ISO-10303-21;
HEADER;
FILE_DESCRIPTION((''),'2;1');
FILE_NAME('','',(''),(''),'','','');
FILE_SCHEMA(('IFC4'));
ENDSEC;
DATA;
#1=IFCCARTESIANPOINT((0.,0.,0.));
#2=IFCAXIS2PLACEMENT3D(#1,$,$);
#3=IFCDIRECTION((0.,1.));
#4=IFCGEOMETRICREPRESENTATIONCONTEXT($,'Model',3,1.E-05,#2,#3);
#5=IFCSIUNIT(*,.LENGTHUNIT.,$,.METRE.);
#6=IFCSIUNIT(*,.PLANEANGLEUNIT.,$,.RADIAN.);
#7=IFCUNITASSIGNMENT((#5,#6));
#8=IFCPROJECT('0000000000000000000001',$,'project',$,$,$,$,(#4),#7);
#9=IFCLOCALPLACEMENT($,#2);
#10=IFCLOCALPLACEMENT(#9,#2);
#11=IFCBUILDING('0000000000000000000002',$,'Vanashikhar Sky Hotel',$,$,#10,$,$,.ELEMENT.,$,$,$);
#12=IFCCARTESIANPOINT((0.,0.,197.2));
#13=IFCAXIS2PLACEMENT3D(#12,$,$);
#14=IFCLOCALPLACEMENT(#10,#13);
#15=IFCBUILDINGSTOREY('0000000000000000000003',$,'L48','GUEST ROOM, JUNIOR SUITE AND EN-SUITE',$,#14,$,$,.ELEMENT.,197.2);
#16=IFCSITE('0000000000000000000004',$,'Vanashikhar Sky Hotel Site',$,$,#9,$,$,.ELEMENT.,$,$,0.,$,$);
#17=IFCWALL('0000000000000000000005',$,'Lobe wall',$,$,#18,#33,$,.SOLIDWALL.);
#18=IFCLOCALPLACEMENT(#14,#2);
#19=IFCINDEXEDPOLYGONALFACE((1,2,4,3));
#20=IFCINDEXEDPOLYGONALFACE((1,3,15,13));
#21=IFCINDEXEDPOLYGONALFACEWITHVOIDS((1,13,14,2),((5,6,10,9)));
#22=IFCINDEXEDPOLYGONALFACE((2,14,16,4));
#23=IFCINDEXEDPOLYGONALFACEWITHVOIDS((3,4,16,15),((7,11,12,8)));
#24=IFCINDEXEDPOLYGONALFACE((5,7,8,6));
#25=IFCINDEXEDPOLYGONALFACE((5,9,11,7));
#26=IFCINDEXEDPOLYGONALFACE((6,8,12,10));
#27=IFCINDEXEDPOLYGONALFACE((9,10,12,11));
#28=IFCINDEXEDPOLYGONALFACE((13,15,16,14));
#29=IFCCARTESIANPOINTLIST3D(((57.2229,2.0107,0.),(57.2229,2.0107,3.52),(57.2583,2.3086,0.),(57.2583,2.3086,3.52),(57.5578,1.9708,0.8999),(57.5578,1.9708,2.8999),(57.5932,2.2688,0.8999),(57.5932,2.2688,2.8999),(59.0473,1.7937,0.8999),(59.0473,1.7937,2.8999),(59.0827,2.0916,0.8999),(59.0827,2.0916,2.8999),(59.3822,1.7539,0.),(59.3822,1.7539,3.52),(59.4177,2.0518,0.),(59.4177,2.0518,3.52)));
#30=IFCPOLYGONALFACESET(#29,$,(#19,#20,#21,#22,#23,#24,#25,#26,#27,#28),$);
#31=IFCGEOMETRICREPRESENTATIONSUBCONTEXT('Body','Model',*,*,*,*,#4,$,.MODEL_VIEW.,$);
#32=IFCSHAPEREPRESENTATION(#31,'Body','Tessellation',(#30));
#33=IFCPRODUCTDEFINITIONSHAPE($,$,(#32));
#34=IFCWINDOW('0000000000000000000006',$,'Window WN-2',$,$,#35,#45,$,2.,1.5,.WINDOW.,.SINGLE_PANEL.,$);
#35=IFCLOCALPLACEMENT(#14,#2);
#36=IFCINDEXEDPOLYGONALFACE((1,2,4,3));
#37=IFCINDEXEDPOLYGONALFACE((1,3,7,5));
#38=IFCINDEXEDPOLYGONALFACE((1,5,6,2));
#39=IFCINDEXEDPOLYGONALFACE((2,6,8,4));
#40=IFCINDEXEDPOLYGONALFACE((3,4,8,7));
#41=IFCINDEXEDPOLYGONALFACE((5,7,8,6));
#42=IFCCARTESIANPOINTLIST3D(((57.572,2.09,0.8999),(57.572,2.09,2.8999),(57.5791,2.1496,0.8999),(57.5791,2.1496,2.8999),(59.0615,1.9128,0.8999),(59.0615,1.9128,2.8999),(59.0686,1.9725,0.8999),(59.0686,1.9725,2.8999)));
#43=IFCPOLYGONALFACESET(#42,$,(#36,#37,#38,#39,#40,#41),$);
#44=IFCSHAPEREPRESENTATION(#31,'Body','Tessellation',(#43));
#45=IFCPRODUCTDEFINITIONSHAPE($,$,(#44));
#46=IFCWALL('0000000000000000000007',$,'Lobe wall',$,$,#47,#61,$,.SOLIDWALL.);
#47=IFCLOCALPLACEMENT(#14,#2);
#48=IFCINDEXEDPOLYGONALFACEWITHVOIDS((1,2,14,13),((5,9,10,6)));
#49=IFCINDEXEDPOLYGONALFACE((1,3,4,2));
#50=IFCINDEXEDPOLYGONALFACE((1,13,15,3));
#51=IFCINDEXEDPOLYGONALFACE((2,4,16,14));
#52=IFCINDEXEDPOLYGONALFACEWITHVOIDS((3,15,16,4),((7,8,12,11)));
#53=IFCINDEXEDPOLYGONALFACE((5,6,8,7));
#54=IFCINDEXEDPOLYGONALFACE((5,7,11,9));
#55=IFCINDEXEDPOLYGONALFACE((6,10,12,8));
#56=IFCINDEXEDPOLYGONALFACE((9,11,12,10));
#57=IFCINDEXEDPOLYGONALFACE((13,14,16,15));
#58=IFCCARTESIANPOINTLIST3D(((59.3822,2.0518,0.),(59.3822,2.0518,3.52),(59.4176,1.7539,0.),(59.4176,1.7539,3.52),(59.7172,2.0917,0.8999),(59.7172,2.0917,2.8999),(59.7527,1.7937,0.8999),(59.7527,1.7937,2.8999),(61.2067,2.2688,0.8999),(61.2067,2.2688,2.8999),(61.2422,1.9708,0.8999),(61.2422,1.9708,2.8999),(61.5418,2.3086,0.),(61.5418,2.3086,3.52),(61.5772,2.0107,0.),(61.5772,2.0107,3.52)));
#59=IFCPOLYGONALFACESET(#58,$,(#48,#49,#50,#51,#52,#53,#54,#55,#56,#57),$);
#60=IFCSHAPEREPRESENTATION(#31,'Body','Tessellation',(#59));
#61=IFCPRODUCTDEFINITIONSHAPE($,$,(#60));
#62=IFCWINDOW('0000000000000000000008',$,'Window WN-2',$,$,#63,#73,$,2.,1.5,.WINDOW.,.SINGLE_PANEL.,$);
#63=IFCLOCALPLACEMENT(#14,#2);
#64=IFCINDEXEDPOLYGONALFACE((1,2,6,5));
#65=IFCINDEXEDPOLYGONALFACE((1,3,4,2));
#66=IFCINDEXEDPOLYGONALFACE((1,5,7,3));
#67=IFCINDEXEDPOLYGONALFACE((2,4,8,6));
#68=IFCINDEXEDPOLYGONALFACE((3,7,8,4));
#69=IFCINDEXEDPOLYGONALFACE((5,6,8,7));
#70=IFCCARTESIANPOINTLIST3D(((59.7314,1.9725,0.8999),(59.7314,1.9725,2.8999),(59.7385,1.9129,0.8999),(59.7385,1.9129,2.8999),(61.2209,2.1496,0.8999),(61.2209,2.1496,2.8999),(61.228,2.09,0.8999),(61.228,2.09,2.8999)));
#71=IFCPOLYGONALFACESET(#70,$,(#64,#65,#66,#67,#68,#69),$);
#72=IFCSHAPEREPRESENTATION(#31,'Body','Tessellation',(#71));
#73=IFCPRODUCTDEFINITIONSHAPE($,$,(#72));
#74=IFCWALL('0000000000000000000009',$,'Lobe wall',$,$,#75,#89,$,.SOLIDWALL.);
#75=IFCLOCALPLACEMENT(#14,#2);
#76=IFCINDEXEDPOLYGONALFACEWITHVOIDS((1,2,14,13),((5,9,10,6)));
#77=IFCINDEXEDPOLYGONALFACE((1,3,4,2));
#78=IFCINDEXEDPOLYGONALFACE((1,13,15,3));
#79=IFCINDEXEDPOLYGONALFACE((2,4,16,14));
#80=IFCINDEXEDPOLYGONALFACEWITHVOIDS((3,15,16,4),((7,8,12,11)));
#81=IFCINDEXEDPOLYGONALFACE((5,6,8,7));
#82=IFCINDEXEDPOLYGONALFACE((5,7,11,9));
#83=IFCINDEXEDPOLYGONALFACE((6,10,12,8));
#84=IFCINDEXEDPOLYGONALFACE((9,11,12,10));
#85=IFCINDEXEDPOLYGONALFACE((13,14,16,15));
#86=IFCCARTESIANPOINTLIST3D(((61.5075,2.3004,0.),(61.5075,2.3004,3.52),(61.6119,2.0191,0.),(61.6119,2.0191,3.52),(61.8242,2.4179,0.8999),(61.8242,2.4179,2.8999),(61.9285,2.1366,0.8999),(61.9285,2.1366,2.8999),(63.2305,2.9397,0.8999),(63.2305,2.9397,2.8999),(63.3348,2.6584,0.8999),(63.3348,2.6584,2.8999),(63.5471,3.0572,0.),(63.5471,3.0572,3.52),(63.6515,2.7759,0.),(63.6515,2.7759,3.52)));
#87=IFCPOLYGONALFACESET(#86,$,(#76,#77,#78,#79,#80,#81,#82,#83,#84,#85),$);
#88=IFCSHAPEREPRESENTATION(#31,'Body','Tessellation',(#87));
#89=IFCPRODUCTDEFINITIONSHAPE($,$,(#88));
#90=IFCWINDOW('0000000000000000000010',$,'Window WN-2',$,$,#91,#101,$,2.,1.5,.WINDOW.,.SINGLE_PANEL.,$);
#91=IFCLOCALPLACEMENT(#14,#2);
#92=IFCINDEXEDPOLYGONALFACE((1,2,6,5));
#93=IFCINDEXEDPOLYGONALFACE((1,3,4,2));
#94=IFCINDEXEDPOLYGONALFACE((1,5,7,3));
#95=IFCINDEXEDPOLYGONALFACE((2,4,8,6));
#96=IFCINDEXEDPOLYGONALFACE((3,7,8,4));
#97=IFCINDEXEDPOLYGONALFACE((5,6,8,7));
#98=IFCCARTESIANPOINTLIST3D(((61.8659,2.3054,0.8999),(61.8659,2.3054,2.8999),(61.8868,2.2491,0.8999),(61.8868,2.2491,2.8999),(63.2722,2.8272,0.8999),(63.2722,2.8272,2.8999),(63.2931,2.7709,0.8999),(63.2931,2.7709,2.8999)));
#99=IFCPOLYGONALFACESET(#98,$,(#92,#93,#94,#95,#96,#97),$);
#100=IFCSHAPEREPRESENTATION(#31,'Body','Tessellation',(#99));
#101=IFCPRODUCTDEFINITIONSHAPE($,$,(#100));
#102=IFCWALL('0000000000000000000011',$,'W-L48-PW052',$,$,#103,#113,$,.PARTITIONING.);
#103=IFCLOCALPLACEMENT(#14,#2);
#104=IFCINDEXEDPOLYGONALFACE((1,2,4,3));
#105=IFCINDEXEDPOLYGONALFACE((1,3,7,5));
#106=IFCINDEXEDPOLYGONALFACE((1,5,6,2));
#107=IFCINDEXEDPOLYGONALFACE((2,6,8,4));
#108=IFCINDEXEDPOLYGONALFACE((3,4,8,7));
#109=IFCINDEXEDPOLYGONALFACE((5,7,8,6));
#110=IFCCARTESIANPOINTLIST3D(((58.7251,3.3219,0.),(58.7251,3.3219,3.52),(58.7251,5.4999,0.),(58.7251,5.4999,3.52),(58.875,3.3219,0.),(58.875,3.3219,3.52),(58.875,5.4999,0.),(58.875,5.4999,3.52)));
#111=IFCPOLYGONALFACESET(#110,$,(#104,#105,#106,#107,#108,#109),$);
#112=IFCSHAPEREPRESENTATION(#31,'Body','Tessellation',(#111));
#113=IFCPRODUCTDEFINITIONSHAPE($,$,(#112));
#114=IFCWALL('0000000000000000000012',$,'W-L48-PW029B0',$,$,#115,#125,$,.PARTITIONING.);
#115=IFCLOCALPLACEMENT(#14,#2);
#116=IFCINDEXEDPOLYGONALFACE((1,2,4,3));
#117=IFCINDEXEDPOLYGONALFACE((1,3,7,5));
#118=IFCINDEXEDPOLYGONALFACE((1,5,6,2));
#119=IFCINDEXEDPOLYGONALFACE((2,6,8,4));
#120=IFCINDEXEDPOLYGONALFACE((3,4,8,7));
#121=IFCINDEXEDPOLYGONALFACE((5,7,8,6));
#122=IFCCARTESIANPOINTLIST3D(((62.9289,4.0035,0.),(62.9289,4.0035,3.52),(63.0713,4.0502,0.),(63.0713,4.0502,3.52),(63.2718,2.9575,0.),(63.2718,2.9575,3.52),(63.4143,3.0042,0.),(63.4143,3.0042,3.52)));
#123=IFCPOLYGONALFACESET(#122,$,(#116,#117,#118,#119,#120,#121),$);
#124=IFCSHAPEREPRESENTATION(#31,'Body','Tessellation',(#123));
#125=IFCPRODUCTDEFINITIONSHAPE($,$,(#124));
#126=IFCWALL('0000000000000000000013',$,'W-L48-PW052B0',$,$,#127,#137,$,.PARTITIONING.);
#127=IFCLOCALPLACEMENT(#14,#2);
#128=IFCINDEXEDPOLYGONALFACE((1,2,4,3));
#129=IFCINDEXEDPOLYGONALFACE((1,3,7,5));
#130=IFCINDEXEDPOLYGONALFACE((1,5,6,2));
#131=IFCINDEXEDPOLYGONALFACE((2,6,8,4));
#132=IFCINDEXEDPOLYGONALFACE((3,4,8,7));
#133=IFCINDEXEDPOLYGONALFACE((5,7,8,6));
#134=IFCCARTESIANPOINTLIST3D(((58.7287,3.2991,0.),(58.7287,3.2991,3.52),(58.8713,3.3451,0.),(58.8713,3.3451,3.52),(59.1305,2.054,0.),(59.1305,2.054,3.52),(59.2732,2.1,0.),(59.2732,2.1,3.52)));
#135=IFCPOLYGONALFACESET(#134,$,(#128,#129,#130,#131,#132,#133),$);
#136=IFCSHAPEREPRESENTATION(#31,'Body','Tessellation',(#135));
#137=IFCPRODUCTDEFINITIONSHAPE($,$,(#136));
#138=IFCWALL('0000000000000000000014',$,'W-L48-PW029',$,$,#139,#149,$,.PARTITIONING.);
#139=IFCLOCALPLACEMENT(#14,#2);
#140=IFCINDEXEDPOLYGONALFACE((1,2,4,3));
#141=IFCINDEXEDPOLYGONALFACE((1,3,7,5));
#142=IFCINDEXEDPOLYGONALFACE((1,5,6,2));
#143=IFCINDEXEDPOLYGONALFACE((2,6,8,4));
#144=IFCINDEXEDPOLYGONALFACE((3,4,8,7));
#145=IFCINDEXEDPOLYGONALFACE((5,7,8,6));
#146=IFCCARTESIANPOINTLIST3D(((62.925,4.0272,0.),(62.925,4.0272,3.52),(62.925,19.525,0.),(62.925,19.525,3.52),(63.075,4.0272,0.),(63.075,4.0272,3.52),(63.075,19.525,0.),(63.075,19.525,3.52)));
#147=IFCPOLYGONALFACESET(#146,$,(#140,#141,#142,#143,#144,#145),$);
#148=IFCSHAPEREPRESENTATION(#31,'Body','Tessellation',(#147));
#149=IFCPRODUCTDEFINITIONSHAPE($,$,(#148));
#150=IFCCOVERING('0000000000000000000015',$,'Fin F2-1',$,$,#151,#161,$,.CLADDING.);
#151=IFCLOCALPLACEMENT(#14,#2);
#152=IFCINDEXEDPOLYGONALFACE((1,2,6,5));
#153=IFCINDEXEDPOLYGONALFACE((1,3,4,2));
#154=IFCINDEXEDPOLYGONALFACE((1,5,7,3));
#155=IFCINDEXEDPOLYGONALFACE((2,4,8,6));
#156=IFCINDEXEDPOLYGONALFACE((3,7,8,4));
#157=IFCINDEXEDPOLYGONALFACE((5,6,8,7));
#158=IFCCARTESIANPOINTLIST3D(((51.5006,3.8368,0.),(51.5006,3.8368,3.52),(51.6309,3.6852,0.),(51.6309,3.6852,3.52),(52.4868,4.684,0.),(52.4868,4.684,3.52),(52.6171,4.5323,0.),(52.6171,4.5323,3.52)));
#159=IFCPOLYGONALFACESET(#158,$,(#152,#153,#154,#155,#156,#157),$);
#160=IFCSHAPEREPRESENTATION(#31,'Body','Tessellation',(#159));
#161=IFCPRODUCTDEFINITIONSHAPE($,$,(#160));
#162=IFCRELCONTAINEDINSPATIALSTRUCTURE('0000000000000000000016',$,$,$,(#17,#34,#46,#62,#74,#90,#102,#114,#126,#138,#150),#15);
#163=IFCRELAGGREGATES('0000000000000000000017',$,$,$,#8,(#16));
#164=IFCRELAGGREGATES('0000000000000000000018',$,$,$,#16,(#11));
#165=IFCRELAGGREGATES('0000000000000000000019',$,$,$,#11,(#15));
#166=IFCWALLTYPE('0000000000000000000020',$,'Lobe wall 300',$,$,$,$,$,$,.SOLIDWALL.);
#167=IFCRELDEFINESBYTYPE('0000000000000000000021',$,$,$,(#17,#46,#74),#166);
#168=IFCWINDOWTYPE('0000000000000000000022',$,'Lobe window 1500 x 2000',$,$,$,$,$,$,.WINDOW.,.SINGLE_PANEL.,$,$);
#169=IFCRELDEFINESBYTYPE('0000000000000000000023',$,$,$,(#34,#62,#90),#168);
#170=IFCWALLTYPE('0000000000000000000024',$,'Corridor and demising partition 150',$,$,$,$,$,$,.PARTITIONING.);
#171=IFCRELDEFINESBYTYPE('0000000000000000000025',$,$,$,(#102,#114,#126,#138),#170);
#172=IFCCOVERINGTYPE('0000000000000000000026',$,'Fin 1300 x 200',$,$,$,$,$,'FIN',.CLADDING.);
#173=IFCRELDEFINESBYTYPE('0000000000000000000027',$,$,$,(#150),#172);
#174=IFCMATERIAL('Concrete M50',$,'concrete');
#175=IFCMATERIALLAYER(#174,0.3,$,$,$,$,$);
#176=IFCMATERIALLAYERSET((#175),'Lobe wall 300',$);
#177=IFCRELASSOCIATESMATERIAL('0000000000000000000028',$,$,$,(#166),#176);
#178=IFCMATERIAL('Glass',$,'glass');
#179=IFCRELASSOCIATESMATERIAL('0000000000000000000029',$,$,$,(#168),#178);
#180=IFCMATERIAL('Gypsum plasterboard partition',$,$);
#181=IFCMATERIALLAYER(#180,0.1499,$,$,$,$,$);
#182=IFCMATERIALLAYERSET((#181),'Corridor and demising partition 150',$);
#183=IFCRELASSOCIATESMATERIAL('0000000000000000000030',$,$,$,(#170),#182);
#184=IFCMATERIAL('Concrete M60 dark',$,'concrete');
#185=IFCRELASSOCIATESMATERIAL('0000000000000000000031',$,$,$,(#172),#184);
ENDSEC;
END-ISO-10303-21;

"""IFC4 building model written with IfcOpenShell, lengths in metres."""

from ifc_helpers import new_model, si_unit, direction, frame, frame_2d, origin, origin_2d, place, context, subcontext, project, spatial, rectangle, extrude, source, transform, mapped, material, layer, layer_set, material_profile, profile_set, type_object, element, fill, save


model = new_model("IFC4")

# Units and contexts
model_context = context("Model", 3, precision=1e-05, world=origin(), true_north=direction((0.0, 1.0)))
body_context = subcontext(model_context, "Body", "Model", "MODEL_VIEW")
ifc_project = project(units=[si_unit("LENGTHUNIT", "METRE"), si_unit("PLANEANGLEUNIT", "RADIAN")], contexts=[model_context])

# Site, building, storey
site_placement = place(None, origin())
site = spatial("IfcSite", under=ifc_project, at=site_placement, Name="Vanashikhar Sky Hotel Site", CompositionType="ELEMENT", RefElevation=0.0)
building_placement = place(site_placement, origin())
building = spatial("IfcBuilding", under=site, at=building_placement, Name="Vanashikhar Sky Hotel", CompositionType="ELEMENT")
storey_placement = place(building_placement, frame((0.0, 0.0, 197.2)))
storey = spatial("IfcBuildingStorey", under=building, at=storey_placement, Name="L48", Description="GUEST ROOM, JUNIOR SUITE AND EN-SUITE", CompositionType="ELEMENT", Elevation=197.2)

# Walls, openings, windows
ifc_material_1 = material(Name="Concrete M50", Category="concrete")
ifc_layer_1 = layer(ifc_material_1, 0.3)
ifc_layer_set_1 = layer_set([ifc_layer_1], Name="Lobe wall 300")
wall_type_1 = type_object("IfcWallType", Name="Lobe wall 300", PredefinedType="SOLIDWALL", material=ifc_layer_set_1)
shared_shape_1 = source(origin(), body_context, "Body", "SweptSolid", [
    extrude(rectangle(XDim=1.5, YDim=2.0, at=frame_2d((0.75, 1.0))), frame((0.0, 0.1602, 0.0), z_axis=(0.0, -1.0, 0.0), x_axis=(1.0, 0.0, 0.0)), (0.0, 0.0, 1.0), 0.3201),
])
ifc_material_2 = material(Name="Glass", Category="glass")
window_type = type_object("IfcWindowType", Name="Lobe window 1500 x 2000", PartitioningType="SINGLE_PANEL", PredefinedType="WINDOW", material=ifc_material_2)
shared_shape_2 = source(origin(), body_context, "Body", "SweptSolid", [
    extrude(rectangle(XDim=1.5, YDim=2.0, at=frame_2d((0.75, 1.0))), frame((0.0, 0.03, 0.0), z_axis=(0.0, -1.0, 0.0), x_axis=(1.0, 0.0, 0.0)), (0.0, 0.0, 1.0), 0.0601),
])
shared_shape_3 = source(origin(), body_context, "Body", "SweptSolid", [
    extrude(rectangle(XDim=2.1746, YDim=0.3, at=frame_2d((1.0874, 0.0))), origin(), (0.0, 0.0, 1.0), 3.52),
])
wall_1_placement = place(storey_placement, frame((57.2405, 2.1597, 0.0), z_axis=(0.0, 0.0, 1.0), x_axis=(0.993001, -0.118105, 0.0)))
wall_1 = element("IfcWall", 1, at=wall_1_placement, inside=storey, type_object=wall_type_1, Name="Lobe wall", PredefinedType="SOLIDWALL", context=body_context, shape_type="MappedRepresentation", body=[
    mapped(shared_shape_3, transform((0.0, 0.0, 0.0), scale=1.0)),
])
opening_1_placement = place(wall_1_placement, frame((0.3374, 0.0, 0.8999)))
opening_1 = element("IfcOpeningElement", 2, at=opening_1_placement, cuts=wall_1, PredefinedType="OPENING", context=body_context, shape_type="MappedRepresentation", body=[
    mapped(shared_shape_1, transform((0.0, 0.0, 0.0), scale=1.0)),
])
window_1_placement = place(opening_1_placement, origin())
window_1 = element("IfcWindow", 3, at=window_1_placement, inside=storey, type_object=window_type, Name="Window WN-2", OverallHeight=2.0, OverallWidth=1.5, PartitioningType="SINGLE_PANEL", PredefinedType="WINDOW", context=body_context, shape_type="MappedRepresentation", body=[
    mapped(shared_shape_2, transform((0.0, 0.0, 0.0), scale=1.0)),
])
fill(opening_1, window_1)
shared_shape_4 = source(origin(), body_context, "Body", "SweptSolid", [
    extrude(rectangle(XDim=2.1748, YDim=0.3, at=frame_2d((1.0874, 0.0))), origin(), (0.0, 0.0, 1.0), 3.52),
])
wall_2_placement = place(storey_placement, frame((59.3999, 1.9028, 0.0), z_axis=(0.0, 0.0, 1.0), x_axis=(0.993003, 0.118092, 0.0)))
wall_2 = element("IfcWall", 4, at=wall_2_placement, inside=storey, type_object=wall_type_1, Name="Lobe wall", PredefinedType="SOLIDWALL", context=body_context, shape_type="MappedRepresentation", body=[
    mapped(shared_shape_4, transform((0.0, 0.0, 0.0), scale=1.0)),
])
opening_2_placement = place(wall_2_placement, frame((0.3374, 0.0, 0.8999)))
opening_2 = element("IfcOpeningElement", 5, at=opening_2_placement, cuts=wall_2, PredefinedType="OPENING", context=body_context, shape_type="MappedRepresentation", body=[
    mapped(shared_shape_1, transform((0.0, 0.0, 0.0), scale=1.0)),
])
window_2_placement = place(opening_2_placement, origin())
window_2 = element("IfcWindow", 6, at=window_2_placement, inside=storey, type_object=window_type, Name="Window WN-2", OverallHeight=2.0, OverallWidth=1.5, PartitioningType="SINGLE_PANEL", PredefinedType="WINDOW", context=body_context, shape_type="MappedRepresentation", body=[
    mapped(shared_shape_2, transform((0.0, 0.0, 0.0), scale=1.0)),
])
fill(opening_2, window_2)
shared_shape_5 = source(origin(), body_context, "Body", "SweptSolid", [
    extrude(rectangle(XDim=2.1755, YDim=0.3, at=frame_2d((1.0879, 0.0))), origin(), (0.0, 0.0, 1.0), 3.52),
])
wall_3_placement = place(storey_placement, frame((61.5596, 2.1597, 0.0), z_axis=(0.0, 0.0, 1.0), x_axis=(0.937532, 0.347899, 0.0)))
wall_3 = element("IfcWall", 7, at=wall_3_placement, inside=storey, type_object=wall_type_1, Name="Lobe wall", PredefinedType="SOLIDWALL", context=body_context, shape_type="MappedRepresentation", body=[
    mapped(shared_shape_5, transform((0.0, 0.0, 0.0), scale=1.0)),
])
opening_3_placement = place(wall_3_placement, frame((0.3379, 0.0, 0.8999)))
opening_3 = element("IfcOpeningElement", 8, at=opening_3_placement, cuts=wall_3, PredefinedType="OPENING", context=body_context, shape_type="MappedRepresentation", body=[
    mapped(shared_shape_1, transform((0.0, 0.0, 0.0), scale=1.0)),
])
window_3_placement = place(opening_3_placement, origin())
window_3 = element("IfcWindow", 9, at=window_3_placement, inside=storey, type_object=window_type, Name="Window WN-2", OverallHeight=2.0, OverallWidth=1.5, PartitioningType="SINGLE_PANEL", PredefinedType="WINDOW", context=body_context, shape_type="MappedRepresentation", body=[
    mapped(shared_shape_2, transform((0.0, 0.0, 0.0), scale=1.0)),
])
fill(opening_3, window_3)

# Walls
ifc_material_3 = material(Name="Gypsum plasterboard partition")
ifc_layer_2 = layer(ifc_material_3, 0.1499)
ifc_layer_set_2 = layer_set([ifc_layer_2], Name="Corridor and demising partition 150")
wall_type_2 = type_object("IfcWallType", Name="Corridor and demising partition 150", PredefinedType="PARTITIONING", material=ifc_layer_set_2)
shared_shape_6 = source(origin(), body_context, "Body", "SweptSolid", [
    extrude(rectangle(XDim=2.178, YDim=0.1499, at=frame_2d((1.0889, 0.0))), origin(), (0.0, 0.0, 1.0), 3.52),
])
wall_4_placement = place(storey_placement, frame((58.8, 3.322, 0.0), z_axis=(0.0, 0.0, 1.0), x_axis=(0.0, 1.0, 0.0)))
element("IfcWall", 10, at=wall_4_placement, inside=storey, type_object=wall_type_2, Name="W-L48-PW052", PredefinedType="PARTITIONING", context=body_context, shape_type="MappedRepresentation", body=[
    mapped(shared_shape_6, transform((0.0, 0.0, 0.0), scale=1.0)),
])
shared_shape_7 = source(origin(), body_context, "Body", "SweptSolid", [
    extrude(rectangle(XDim=1.1008, YDim=0.1499, at=frame_2d((0.5503, 0.0))), origin(), (0.0, 0.0, 1.0), 3.52),
])
wall_5_placement = place(storey_placement, frame((63.343, 2.981, 0.0), z_axis=(0.0, 0.0, 1.0), x_axis=(-0.311567, 0.950224, 0.0)))
element("IfcWall", 11, at=wall_5_placement, inside=storey, type_object=wall_type_2, Name="W-L48-PW029B0", PredefinedType="PARTITIONING", context=body_context, shape_type="MappedRepresentation", body=[
    mapped(shared_shape_7, transform((0.0, 0.0, 0.0), scale=1.0)),
])
shared_shape_8 = source(origin(), body_context, "Body", "SweptSolid", [
    extrude(rectangle(XDim=1.3083, YDim=0.1499, at=frame_2d((0.6543, 0.0))), origin(), (0.0, 0.0, 1.0), 3.52),
])
wall_6_placement = place(storey_placement, frame((59.2019, 2.0769, 0.0), z_axis=(0.0, 0.0, 1.0), x_axis=(-0.307145, 0.951663, 0.0)))
element("IfcWall", 12, at=wall_6_placement, inside=storey, type_object=wall_type_2, Name="W-L48-PW052B0", PredefinedType="PARTITIONING", context=body_context, shape_type="MappedRepresentation", body=[
    mapped(shared_shape_8, transform((0.0, 0.0, 0.0), scale=1.0)),
])
shared_shape_9 = source(origin(), body_context, "Body", "SweptSolid", [
    extrude(rectangle(XDim=15.4978, YDim=0.1499, at=frame_2d((7.749, 0.0))), origin(), (0.0, 0.0, 1.0), 3.52),
])
wall_7_placement = place(storey_placement, frame((63.0, 4.0271, 0.0), z_axis=(0.0, 0.0, 1.0), x_axis=(0.0, 1.0, 0.0)))
element("IfcWall", 13, at=wall_7_placement, inside=storey, type_object=wall_type_2, Name="W-L48-PW029", PredefinedType="PARTITIONING", context=body_context, shape_type="MappedRepresentation", body=[
    mapped(shared_shape_9, transform((0.0, 0.0, 0.0), scale=1.0)),
])

# Covering
ifc_material_4 = material(Name="Concrete M60 dark", Category="concrete")
ifc_material_profile = material_profile(ifc_material_4, rectangle(XDim=1.3, YDim=0.2, at=origin_2d()))
ifc_profile_set = profile_set([ifc_material_profile], Name="Fin 1300 x 200")
covering_type = type_object("IfcCoveringType", Name="Fin 1300 x 200", ElementType="FIN", PredefinedType="CLADDING", material=ifc_profile_set)
shared_shape_10 = source(origin(), body_context, "Body", "SweptSolid", [
    extrude(rectangle(XDim=1.3, YDim=0.2, at=origin_2d()), origin(), (0.0, 0.0, 1.0), 3.52),
])
for number, where, z_axis, x_axis, name in (
    (14, (52.0588, 4.1846, 0.0), (0.0, 0.0, 1.0), (-0.758544, -0.651622, 0.0), "Fin F2-1"),
):
    element("IfcCovering", number, at=place(storey_placement, frame(where, z_axis=z_axis, x_axis=x_axis)), inside=storey, type_object=covering_type, Name=name, PredefinedType="CLADDING", context=body_context, shape_type="MappedRepresentation", body=[
        mapped(shared_shape_10, transform((0.0, 0.0, 0.0), scale=1.0)),
    ])

save(model, "model.ifc")
